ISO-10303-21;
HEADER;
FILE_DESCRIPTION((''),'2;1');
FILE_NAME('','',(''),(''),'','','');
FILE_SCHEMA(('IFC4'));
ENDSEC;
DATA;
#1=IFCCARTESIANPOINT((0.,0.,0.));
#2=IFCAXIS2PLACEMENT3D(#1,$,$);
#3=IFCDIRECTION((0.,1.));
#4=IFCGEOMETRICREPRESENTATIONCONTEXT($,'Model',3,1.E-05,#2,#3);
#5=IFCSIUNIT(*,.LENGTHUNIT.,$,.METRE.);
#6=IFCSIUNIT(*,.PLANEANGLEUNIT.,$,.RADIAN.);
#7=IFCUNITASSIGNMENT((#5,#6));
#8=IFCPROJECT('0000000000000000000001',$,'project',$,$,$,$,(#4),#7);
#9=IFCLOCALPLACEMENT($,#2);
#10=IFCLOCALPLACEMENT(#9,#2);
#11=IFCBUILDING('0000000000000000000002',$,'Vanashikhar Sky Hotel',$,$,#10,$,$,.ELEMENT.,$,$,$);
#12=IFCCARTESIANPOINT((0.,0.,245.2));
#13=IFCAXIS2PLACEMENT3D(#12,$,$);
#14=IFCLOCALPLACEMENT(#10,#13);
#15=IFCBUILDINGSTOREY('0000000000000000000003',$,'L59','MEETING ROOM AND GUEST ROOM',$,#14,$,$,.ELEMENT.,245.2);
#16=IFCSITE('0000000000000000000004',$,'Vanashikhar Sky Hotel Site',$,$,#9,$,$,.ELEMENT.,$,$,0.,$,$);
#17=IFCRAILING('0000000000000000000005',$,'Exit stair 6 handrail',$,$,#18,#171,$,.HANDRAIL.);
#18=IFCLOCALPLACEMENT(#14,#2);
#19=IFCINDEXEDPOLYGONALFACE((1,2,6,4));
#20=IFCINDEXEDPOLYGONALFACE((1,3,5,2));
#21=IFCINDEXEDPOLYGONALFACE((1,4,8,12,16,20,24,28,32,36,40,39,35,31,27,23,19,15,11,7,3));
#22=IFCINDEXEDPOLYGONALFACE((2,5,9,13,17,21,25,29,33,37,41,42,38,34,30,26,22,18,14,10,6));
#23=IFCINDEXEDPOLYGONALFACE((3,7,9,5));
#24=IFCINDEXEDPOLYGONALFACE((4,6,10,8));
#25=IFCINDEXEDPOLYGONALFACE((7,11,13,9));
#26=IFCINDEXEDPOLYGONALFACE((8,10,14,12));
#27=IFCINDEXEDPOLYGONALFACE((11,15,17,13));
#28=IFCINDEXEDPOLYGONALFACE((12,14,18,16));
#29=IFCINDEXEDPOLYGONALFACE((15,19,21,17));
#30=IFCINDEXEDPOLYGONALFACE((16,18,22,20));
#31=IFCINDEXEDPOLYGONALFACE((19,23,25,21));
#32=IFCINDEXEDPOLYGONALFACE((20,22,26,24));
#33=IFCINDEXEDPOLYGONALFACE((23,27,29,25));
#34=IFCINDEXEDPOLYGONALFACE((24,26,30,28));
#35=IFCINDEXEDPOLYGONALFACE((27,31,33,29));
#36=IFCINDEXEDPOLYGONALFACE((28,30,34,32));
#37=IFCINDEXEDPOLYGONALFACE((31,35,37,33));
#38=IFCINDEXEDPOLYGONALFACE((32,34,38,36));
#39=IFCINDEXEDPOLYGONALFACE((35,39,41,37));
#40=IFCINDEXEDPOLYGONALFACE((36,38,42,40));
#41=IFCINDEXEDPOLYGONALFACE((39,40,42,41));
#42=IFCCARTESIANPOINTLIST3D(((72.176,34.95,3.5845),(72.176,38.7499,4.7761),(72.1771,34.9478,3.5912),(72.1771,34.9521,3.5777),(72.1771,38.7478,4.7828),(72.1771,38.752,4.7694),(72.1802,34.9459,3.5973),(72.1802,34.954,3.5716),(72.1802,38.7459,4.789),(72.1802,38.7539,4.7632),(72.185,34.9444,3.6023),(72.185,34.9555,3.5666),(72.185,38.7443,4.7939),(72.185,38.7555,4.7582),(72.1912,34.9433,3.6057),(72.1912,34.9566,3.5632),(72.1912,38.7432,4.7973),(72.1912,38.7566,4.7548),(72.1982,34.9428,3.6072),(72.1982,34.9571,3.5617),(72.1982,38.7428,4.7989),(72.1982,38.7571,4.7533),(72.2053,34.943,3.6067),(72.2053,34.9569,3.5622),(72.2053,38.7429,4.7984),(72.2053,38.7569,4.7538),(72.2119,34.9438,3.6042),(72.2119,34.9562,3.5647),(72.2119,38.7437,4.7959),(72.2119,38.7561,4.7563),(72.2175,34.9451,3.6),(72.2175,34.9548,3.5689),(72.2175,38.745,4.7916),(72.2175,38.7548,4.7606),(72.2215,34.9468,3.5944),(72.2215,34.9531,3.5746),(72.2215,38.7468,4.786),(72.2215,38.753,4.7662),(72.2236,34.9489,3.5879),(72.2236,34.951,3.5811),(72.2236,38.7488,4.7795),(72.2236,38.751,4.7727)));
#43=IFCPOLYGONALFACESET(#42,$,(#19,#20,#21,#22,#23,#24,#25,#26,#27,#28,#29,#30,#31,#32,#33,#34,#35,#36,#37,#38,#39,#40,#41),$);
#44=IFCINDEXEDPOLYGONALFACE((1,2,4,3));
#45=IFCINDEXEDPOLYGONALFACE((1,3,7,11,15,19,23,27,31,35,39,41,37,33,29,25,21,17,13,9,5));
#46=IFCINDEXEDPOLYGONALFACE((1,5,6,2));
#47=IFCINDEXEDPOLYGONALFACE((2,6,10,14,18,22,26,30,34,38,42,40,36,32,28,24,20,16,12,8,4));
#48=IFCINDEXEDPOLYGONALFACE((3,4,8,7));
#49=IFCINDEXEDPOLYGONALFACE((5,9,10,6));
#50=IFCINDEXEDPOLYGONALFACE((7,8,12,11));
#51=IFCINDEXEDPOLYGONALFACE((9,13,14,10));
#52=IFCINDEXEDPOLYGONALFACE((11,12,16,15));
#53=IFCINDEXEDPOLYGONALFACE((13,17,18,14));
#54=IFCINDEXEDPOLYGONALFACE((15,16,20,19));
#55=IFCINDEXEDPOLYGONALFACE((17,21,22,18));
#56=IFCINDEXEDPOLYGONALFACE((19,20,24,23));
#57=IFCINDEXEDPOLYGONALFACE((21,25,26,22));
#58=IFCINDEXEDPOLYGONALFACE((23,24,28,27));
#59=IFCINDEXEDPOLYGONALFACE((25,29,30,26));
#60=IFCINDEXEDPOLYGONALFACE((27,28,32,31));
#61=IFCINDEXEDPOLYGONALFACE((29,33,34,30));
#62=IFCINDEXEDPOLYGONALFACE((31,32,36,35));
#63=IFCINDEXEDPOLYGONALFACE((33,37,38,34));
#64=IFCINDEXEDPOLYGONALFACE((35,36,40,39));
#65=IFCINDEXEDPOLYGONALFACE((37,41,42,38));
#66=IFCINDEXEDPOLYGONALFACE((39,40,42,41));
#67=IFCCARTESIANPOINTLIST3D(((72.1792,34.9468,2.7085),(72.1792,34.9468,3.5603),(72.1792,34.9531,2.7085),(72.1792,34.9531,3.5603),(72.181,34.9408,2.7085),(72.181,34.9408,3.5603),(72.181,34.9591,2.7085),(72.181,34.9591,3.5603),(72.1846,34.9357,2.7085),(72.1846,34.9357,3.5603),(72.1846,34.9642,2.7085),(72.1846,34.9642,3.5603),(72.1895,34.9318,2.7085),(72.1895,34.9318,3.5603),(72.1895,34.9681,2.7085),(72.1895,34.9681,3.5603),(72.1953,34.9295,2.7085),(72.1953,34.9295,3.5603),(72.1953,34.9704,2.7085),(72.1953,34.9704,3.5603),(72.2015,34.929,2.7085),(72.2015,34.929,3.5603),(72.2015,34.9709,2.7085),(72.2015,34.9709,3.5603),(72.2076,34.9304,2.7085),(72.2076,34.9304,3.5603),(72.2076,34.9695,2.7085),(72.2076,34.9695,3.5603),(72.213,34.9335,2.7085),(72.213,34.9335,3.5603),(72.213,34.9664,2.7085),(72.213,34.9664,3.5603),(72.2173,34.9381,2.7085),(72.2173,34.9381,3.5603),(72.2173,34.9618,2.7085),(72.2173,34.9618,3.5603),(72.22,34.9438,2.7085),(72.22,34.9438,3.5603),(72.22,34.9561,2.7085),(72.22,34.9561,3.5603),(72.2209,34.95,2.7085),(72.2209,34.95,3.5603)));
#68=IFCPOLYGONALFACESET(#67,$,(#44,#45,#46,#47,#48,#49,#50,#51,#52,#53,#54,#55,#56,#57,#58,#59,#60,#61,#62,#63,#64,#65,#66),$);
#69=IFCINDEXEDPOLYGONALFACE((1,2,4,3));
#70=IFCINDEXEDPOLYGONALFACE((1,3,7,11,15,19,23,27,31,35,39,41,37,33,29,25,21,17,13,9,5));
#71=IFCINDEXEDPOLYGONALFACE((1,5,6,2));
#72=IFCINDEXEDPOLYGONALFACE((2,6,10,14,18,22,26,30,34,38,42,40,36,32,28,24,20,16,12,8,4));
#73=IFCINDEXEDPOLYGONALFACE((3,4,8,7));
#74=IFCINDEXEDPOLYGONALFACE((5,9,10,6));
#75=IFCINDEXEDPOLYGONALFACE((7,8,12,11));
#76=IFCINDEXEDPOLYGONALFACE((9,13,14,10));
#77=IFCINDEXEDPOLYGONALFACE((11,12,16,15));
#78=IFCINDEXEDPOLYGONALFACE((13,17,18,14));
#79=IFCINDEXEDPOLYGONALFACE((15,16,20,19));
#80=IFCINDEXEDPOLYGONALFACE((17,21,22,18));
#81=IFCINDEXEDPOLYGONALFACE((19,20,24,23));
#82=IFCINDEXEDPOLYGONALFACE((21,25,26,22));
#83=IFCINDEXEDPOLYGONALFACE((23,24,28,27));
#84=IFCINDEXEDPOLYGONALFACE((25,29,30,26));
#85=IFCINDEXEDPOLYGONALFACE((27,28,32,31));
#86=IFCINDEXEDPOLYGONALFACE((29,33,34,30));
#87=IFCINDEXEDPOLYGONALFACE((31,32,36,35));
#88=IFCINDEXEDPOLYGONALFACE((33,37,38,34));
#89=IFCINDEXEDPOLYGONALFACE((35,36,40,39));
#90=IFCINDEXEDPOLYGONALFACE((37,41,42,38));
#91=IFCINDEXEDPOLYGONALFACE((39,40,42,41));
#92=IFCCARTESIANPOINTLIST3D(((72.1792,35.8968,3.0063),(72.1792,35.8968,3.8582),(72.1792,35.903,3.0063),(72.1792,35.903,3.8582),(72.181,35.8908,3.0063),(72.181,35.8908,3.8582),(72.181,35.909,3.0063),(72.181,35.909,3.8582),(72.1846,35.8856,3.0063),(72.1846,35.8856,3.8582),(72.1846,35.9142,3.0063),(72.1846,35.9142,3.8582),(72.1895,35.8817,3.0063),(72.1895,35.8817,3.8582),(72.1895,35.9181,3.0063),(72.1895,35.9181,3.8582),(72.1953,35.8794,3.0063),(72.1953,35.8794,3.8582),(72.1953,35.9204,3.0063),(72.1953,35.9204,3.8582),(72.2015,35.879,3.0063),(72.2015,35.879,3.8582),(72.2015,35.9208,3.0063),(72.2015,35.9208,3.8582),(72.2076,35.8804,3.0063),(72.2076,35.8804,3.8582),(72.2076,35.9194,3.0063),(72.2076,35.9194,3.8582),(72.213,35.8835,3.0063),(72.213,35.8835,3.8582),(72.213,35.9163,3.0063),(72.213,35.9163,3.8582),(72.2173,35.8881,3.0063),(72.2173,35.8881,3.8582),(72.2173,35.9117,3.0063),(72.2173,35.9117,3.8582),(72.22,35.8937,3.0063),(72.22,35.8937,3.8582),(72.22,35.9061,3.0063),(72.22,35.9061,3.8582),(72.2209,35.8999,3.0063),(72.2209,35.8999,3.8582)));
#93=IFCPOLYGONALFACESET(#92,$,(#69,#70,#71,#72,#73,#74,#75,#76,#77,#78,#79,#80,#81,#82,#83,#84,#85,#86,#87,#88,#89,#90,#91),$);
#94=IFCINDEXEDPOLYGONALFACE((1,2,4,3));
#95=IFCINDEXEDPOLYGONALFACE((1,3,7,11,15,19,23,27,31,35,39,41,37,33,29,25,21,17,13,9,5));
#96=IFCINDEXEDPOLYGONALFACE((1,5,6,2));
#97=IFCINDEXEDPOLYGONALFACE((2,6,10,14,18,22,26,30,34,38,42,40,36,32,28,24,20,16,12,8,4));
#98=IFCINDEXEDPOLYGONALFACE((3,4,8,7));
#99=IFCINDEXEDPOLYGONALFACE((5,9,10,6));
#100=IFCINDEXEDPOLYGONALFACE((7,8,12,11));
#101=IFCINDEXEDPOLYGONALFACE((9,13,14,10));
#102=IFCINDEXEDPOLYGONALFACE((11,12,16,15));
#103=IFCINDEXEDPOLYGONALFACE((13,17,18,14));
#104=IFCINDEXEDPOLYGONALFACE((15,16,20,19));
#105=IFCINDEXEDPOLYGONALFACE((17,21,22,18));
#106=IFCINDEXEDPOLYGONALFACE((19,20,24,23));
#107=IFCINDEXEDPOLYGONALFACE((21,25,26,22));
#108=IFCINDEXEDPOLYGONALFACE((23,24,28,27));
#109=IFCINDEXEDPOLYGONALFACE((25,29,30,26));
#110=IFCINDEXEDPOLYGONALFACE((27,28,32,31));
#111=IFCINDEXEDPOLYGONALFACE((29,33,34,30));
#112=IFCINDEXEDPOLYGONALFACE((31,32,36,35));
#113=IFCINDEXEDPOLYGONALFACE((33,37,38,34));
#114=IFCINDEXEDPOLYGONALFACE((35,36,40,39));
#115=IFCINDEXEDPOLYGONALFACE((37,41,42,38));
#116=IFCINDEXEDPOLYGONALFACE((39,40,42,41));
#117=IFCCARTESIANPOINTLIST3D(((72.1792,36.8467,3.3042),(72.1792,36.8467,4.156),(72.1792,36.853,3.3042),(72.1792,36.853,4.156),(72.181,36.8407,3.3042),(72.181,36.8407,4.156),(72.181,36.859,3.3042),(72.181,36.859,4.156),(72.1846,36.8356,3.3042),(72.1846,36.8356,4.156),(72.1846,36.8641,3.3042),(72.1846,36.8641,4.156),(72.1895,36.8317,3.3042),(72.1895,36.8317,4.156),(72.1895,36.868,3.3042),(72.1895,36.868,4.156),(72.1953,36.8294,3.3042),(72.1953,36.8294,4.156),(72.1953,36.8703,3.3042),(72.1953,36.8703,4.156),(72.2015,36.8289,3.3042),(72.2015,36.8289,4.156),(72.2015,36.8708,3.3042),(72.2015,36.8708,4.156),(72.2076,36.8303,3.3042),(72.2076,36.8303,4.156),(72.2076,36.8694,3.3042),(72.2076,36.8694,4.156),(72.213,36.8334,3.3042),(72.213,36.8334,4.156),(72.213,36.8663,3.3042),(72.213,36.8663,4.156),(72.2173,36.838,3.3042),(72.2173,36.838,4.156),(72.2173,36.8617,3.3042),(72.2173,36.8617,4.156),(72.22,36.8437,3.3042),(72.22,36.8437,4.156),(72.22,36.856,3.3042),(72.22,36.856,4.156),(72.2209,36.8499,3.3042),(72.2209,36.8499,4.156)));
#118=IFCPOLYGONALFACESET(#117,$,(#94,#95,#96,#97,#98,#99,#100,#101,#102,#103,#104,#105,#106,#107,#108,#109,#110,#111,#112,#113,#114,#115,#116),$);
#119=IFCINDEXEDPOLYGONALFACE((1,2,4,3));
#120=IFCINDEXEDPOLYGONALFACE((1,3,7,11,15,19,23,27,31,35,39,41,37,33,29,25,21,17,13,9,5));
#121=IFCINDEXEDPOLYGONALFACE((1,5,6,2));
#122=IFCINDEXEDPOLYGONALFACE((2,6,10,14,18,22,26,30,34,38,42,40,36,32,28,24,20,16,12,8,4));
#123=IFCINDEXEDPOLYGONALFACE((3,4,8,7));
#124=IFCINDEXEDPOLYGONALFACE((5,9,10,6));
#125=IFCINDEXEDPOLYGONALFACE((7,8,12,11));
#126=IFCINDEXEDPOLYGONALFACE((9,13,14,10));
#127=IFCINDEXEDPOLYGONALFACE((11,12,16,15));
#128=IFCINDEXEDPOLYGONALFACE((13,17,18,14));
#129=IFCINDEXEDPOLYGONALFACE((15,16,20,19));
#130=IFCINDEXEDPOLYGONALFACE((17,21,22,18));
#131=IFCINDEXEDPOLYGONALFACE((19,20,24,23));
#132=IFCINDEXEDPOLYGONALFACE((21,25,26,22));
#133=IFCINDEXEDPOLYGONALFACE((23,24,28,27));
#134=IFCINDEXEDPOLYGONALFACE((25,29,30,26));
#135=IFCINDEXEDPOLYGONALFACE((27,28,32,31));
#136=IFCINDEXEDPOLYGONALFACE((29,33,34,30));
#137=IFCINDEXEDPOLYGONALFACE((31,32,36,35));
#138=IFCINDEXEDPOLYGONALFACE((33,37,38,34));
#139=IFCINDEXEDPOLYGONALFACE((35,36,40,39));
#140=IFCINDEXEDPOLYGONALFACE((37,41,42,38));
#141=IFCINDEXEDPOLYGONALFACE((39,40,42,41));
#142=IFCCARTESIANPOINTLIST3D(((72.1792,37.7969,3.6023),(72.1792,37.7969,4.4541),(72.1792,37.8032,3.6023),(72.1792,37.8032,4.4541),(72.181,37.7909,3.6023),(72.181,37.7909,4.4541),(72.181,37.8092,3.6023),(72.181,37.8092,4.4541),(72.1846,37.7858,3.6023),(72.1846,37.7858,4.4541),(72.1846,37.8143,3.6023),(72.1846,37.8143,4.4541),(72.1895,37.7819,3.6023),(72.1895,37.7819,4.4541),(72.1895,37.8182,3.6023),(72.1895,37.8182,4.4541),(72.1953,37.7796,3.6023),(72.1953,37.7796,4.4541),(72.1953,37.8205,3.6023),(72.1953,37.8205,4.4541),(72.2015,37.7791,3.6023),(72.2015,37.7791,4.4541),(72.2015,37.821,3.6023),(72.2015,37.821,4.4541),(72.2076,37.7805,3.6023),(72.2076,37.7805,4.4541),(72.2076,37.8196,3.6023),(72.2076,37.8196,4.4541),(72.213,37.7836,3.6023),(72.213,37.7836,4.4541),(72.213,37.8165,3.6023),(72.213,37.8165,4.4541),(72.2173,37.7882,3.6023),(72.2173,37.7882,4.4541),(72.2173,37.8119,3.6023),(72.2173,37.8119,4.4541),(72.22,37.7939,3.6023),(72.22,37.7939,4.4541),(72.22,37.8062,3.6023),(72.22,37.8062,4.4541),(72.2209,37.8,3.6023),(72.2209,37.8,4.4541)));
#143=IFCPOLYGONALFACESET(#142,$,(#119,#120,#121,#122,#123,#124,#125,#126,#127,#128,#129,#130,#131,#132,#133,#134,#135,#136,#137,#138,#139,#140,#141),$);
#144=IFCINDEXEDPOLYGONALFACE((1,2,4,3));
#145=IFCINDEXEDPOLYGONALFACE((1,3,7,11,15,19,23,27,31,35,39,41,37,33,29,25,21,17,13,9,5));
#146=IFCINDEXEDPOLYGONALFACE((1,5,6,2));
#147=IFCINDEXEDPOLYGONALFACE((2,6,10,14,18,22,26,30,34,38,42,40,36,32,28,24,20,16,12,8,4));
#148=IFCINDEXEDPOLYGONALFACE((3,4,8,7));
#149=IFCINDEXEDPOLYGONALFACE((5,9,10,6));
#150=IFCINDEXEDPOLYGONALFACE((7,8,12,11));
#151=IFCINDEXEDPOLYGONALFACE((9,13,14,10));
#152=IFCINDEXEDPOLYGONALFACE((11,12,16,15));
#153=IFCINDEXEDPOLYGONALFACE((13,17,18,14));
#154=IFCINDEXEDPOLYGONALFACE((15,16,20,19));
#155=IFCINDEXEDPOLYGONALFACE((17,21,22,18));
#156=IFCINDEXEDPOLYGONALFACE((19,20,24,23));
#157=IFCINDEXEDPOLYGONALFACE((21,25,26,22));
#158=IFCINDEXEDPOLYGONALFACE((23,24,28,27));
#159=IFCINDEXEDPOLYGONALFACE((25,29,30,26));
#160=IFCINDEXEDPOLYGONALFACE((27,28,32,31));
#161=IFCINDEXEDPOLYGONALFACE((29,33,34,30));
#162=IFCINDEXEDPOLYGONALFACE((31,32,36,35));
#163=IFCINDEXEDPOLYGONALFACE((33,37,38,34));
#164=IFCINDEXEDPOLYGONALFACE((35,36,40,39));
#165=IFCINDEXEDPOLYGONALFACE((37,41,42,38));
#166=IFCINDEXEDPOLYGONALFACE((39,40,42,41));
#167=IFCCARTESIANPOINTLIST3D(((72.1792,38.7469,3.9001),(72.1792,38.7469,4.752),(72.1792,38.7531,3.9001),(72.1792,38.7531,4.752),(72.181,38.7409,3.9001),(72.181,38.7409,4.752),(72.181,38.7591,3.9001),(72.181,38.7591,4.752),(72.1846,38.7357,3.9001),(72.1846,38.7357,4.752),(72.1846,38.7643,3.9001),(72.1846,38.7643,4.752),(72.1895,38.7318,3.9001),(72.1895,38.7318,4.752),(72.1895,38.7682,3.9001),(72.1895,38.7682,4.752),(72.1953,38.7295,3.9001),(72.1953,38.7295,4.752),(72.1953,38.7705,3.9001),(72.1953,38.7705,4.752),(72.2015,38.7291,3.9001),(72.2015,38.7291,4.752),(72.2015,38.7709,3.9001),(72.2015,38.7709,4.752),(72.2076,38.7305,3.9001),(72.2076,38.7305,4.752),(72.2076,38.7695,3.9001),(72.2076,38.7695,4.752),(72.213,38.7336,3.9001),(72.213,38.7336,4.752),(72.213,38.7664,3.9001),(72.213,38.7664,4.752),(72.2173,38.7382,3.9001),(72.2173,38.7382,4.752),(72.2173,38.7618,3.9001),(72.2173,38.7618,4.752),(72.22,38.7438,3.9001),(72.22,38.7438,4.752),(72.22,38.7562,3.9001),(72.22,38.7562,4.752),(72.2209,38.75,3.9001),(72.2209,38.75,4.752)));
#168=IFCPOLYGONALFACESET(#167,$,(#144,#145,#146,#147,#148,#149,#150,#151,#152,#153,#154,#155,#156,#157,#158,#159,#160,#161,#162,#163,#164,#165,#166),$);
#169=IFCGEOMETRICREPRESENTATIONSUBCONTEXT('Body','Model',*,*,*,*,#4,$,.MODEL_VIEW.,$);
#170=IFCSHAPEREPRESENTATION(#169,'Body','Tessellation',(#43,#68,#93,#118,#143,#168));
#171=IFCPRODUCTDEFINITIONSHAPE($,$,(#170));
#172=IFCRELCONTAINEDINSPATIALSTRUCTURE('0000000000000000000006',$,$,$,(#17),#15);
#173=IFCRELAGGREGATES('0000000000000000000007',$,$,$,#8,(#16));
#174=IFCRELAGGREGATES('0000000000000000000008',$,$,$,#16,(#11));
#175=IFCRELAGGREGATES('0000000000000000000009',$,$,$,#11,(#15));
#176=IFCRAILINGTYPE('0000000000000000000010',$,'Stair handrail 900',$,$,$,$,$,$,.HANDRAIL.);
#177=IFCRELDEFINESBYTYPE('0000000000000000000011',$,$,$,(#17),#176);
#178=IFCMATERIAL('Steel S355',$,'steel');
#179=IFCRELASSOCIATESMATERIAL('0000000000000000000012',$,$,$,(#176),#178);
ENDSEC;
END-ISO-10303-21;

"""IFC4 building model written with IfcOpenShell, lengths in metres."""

from ifc_helpers import new_model, si_unit, direction, frame, origin, origin_2d, place, context, subcontext, project, spatial, circle, extrude, source, transform, mapped, material, type_object, element, save


model = new_model("IFC4")

# Units and contexts
model_context = context("Model", 3, precision=1e-05, world=origin(), true_north=direction((0.0, 1.0)))
body_context = subcontext(model_context, "Body", "Model", "MODEL_VIEW")
ifc_project = project(units=[si_unit("LENGTHUNIT", "METRE"), si_unit("PLANEANGLEUNIT", "RADIAN")], contexts=[model_context])

# Site, building, storey
site_placement = place(None, origin())
site = spatial("IfcSite", under=ifc_project, at=site_placement, Name="Vanashikhar Sky Hotel Site", CompositionType="ELEMENT", RefElevation=0.0)
building_placement = place(site_placement, origin())
building = spatial("IfcBuilding", under=site, at=building_placement, Name="Vanashikhar Sky Hotel", CompositionType="ELEMENT")
storey_placement = place(building_placement, frame((0.0, 0.0, 245.2)))
storey = spatial("IfcBuildingStorey", under=building, at=storey_placement, Name="L59", Description="MEETING ROOM AND GUEST ROOM", CompositionType="ELEMENT", Elevation=245.2)

# Railing
ifc_material_1 = material(Name="Steel S355", Category="steel")
railing_type = type_object("IfcRailingType", Name="Stair handrail 900", PredefinedType="HANDRAIL", material=ifc_material_1)
shared_shape_1 = source(origin(), body_context, "Body", "SweptSolid", [
    extrude(circle(Radius=0.0239, at=origin_2d()), frame((0.0, 0.0, 0.876), z_axis=(0.0, 0.954184, 0.299221), x_axis=(-1.0, 0.0, 0.0)), (0.0, 0.0, 1.0), 3.9824),
    extrude(circle(Radius=0.021, at=origin_2d()), origin(), (0.0, 0.0, 1.0), 0.8518),
    extrude(circle(Radius=0.021, at=origin_2d()), frame((0.0, 0.95, 0.2979)), (0.0, 0.0, 1.0), 0.8518),
    extrude(circle(Radius=0.021, at=origin_2d()), frame((0.0, 1.8999, 0.5957)), (0.0, 0.0, 1.0), 0.8518),
    extrude(circle(Radius=0.021, at=origin_2d()), frame((0.0, 2.8501, 0.8938)), (0.0, 0.0, 1.0), 0.8518),
    extrude(circle(Radius=0.021, at=origin_2d()), frame((0.0, 3.8, 1.1917)), (0.0, 0.0, 1.0), 0.8518),
])
for number, where, name in (
    (1, (72.2, 34.95, 2.7085), "Exit stair 6 handrail"),
):
    element("IfcRailing", number, at=place(storey_placement, frame(where)), inside=storey, type_object=railing_type, Name=name, PredefinedType="HANDRAIL", context=body_context, shape_type="MappedRepresentation", body=[
        mapped(shared_shape_1, transform((0.0, 0.0, 0.0), scale=1.0)),
    ])

save(model, "model.ifc")
